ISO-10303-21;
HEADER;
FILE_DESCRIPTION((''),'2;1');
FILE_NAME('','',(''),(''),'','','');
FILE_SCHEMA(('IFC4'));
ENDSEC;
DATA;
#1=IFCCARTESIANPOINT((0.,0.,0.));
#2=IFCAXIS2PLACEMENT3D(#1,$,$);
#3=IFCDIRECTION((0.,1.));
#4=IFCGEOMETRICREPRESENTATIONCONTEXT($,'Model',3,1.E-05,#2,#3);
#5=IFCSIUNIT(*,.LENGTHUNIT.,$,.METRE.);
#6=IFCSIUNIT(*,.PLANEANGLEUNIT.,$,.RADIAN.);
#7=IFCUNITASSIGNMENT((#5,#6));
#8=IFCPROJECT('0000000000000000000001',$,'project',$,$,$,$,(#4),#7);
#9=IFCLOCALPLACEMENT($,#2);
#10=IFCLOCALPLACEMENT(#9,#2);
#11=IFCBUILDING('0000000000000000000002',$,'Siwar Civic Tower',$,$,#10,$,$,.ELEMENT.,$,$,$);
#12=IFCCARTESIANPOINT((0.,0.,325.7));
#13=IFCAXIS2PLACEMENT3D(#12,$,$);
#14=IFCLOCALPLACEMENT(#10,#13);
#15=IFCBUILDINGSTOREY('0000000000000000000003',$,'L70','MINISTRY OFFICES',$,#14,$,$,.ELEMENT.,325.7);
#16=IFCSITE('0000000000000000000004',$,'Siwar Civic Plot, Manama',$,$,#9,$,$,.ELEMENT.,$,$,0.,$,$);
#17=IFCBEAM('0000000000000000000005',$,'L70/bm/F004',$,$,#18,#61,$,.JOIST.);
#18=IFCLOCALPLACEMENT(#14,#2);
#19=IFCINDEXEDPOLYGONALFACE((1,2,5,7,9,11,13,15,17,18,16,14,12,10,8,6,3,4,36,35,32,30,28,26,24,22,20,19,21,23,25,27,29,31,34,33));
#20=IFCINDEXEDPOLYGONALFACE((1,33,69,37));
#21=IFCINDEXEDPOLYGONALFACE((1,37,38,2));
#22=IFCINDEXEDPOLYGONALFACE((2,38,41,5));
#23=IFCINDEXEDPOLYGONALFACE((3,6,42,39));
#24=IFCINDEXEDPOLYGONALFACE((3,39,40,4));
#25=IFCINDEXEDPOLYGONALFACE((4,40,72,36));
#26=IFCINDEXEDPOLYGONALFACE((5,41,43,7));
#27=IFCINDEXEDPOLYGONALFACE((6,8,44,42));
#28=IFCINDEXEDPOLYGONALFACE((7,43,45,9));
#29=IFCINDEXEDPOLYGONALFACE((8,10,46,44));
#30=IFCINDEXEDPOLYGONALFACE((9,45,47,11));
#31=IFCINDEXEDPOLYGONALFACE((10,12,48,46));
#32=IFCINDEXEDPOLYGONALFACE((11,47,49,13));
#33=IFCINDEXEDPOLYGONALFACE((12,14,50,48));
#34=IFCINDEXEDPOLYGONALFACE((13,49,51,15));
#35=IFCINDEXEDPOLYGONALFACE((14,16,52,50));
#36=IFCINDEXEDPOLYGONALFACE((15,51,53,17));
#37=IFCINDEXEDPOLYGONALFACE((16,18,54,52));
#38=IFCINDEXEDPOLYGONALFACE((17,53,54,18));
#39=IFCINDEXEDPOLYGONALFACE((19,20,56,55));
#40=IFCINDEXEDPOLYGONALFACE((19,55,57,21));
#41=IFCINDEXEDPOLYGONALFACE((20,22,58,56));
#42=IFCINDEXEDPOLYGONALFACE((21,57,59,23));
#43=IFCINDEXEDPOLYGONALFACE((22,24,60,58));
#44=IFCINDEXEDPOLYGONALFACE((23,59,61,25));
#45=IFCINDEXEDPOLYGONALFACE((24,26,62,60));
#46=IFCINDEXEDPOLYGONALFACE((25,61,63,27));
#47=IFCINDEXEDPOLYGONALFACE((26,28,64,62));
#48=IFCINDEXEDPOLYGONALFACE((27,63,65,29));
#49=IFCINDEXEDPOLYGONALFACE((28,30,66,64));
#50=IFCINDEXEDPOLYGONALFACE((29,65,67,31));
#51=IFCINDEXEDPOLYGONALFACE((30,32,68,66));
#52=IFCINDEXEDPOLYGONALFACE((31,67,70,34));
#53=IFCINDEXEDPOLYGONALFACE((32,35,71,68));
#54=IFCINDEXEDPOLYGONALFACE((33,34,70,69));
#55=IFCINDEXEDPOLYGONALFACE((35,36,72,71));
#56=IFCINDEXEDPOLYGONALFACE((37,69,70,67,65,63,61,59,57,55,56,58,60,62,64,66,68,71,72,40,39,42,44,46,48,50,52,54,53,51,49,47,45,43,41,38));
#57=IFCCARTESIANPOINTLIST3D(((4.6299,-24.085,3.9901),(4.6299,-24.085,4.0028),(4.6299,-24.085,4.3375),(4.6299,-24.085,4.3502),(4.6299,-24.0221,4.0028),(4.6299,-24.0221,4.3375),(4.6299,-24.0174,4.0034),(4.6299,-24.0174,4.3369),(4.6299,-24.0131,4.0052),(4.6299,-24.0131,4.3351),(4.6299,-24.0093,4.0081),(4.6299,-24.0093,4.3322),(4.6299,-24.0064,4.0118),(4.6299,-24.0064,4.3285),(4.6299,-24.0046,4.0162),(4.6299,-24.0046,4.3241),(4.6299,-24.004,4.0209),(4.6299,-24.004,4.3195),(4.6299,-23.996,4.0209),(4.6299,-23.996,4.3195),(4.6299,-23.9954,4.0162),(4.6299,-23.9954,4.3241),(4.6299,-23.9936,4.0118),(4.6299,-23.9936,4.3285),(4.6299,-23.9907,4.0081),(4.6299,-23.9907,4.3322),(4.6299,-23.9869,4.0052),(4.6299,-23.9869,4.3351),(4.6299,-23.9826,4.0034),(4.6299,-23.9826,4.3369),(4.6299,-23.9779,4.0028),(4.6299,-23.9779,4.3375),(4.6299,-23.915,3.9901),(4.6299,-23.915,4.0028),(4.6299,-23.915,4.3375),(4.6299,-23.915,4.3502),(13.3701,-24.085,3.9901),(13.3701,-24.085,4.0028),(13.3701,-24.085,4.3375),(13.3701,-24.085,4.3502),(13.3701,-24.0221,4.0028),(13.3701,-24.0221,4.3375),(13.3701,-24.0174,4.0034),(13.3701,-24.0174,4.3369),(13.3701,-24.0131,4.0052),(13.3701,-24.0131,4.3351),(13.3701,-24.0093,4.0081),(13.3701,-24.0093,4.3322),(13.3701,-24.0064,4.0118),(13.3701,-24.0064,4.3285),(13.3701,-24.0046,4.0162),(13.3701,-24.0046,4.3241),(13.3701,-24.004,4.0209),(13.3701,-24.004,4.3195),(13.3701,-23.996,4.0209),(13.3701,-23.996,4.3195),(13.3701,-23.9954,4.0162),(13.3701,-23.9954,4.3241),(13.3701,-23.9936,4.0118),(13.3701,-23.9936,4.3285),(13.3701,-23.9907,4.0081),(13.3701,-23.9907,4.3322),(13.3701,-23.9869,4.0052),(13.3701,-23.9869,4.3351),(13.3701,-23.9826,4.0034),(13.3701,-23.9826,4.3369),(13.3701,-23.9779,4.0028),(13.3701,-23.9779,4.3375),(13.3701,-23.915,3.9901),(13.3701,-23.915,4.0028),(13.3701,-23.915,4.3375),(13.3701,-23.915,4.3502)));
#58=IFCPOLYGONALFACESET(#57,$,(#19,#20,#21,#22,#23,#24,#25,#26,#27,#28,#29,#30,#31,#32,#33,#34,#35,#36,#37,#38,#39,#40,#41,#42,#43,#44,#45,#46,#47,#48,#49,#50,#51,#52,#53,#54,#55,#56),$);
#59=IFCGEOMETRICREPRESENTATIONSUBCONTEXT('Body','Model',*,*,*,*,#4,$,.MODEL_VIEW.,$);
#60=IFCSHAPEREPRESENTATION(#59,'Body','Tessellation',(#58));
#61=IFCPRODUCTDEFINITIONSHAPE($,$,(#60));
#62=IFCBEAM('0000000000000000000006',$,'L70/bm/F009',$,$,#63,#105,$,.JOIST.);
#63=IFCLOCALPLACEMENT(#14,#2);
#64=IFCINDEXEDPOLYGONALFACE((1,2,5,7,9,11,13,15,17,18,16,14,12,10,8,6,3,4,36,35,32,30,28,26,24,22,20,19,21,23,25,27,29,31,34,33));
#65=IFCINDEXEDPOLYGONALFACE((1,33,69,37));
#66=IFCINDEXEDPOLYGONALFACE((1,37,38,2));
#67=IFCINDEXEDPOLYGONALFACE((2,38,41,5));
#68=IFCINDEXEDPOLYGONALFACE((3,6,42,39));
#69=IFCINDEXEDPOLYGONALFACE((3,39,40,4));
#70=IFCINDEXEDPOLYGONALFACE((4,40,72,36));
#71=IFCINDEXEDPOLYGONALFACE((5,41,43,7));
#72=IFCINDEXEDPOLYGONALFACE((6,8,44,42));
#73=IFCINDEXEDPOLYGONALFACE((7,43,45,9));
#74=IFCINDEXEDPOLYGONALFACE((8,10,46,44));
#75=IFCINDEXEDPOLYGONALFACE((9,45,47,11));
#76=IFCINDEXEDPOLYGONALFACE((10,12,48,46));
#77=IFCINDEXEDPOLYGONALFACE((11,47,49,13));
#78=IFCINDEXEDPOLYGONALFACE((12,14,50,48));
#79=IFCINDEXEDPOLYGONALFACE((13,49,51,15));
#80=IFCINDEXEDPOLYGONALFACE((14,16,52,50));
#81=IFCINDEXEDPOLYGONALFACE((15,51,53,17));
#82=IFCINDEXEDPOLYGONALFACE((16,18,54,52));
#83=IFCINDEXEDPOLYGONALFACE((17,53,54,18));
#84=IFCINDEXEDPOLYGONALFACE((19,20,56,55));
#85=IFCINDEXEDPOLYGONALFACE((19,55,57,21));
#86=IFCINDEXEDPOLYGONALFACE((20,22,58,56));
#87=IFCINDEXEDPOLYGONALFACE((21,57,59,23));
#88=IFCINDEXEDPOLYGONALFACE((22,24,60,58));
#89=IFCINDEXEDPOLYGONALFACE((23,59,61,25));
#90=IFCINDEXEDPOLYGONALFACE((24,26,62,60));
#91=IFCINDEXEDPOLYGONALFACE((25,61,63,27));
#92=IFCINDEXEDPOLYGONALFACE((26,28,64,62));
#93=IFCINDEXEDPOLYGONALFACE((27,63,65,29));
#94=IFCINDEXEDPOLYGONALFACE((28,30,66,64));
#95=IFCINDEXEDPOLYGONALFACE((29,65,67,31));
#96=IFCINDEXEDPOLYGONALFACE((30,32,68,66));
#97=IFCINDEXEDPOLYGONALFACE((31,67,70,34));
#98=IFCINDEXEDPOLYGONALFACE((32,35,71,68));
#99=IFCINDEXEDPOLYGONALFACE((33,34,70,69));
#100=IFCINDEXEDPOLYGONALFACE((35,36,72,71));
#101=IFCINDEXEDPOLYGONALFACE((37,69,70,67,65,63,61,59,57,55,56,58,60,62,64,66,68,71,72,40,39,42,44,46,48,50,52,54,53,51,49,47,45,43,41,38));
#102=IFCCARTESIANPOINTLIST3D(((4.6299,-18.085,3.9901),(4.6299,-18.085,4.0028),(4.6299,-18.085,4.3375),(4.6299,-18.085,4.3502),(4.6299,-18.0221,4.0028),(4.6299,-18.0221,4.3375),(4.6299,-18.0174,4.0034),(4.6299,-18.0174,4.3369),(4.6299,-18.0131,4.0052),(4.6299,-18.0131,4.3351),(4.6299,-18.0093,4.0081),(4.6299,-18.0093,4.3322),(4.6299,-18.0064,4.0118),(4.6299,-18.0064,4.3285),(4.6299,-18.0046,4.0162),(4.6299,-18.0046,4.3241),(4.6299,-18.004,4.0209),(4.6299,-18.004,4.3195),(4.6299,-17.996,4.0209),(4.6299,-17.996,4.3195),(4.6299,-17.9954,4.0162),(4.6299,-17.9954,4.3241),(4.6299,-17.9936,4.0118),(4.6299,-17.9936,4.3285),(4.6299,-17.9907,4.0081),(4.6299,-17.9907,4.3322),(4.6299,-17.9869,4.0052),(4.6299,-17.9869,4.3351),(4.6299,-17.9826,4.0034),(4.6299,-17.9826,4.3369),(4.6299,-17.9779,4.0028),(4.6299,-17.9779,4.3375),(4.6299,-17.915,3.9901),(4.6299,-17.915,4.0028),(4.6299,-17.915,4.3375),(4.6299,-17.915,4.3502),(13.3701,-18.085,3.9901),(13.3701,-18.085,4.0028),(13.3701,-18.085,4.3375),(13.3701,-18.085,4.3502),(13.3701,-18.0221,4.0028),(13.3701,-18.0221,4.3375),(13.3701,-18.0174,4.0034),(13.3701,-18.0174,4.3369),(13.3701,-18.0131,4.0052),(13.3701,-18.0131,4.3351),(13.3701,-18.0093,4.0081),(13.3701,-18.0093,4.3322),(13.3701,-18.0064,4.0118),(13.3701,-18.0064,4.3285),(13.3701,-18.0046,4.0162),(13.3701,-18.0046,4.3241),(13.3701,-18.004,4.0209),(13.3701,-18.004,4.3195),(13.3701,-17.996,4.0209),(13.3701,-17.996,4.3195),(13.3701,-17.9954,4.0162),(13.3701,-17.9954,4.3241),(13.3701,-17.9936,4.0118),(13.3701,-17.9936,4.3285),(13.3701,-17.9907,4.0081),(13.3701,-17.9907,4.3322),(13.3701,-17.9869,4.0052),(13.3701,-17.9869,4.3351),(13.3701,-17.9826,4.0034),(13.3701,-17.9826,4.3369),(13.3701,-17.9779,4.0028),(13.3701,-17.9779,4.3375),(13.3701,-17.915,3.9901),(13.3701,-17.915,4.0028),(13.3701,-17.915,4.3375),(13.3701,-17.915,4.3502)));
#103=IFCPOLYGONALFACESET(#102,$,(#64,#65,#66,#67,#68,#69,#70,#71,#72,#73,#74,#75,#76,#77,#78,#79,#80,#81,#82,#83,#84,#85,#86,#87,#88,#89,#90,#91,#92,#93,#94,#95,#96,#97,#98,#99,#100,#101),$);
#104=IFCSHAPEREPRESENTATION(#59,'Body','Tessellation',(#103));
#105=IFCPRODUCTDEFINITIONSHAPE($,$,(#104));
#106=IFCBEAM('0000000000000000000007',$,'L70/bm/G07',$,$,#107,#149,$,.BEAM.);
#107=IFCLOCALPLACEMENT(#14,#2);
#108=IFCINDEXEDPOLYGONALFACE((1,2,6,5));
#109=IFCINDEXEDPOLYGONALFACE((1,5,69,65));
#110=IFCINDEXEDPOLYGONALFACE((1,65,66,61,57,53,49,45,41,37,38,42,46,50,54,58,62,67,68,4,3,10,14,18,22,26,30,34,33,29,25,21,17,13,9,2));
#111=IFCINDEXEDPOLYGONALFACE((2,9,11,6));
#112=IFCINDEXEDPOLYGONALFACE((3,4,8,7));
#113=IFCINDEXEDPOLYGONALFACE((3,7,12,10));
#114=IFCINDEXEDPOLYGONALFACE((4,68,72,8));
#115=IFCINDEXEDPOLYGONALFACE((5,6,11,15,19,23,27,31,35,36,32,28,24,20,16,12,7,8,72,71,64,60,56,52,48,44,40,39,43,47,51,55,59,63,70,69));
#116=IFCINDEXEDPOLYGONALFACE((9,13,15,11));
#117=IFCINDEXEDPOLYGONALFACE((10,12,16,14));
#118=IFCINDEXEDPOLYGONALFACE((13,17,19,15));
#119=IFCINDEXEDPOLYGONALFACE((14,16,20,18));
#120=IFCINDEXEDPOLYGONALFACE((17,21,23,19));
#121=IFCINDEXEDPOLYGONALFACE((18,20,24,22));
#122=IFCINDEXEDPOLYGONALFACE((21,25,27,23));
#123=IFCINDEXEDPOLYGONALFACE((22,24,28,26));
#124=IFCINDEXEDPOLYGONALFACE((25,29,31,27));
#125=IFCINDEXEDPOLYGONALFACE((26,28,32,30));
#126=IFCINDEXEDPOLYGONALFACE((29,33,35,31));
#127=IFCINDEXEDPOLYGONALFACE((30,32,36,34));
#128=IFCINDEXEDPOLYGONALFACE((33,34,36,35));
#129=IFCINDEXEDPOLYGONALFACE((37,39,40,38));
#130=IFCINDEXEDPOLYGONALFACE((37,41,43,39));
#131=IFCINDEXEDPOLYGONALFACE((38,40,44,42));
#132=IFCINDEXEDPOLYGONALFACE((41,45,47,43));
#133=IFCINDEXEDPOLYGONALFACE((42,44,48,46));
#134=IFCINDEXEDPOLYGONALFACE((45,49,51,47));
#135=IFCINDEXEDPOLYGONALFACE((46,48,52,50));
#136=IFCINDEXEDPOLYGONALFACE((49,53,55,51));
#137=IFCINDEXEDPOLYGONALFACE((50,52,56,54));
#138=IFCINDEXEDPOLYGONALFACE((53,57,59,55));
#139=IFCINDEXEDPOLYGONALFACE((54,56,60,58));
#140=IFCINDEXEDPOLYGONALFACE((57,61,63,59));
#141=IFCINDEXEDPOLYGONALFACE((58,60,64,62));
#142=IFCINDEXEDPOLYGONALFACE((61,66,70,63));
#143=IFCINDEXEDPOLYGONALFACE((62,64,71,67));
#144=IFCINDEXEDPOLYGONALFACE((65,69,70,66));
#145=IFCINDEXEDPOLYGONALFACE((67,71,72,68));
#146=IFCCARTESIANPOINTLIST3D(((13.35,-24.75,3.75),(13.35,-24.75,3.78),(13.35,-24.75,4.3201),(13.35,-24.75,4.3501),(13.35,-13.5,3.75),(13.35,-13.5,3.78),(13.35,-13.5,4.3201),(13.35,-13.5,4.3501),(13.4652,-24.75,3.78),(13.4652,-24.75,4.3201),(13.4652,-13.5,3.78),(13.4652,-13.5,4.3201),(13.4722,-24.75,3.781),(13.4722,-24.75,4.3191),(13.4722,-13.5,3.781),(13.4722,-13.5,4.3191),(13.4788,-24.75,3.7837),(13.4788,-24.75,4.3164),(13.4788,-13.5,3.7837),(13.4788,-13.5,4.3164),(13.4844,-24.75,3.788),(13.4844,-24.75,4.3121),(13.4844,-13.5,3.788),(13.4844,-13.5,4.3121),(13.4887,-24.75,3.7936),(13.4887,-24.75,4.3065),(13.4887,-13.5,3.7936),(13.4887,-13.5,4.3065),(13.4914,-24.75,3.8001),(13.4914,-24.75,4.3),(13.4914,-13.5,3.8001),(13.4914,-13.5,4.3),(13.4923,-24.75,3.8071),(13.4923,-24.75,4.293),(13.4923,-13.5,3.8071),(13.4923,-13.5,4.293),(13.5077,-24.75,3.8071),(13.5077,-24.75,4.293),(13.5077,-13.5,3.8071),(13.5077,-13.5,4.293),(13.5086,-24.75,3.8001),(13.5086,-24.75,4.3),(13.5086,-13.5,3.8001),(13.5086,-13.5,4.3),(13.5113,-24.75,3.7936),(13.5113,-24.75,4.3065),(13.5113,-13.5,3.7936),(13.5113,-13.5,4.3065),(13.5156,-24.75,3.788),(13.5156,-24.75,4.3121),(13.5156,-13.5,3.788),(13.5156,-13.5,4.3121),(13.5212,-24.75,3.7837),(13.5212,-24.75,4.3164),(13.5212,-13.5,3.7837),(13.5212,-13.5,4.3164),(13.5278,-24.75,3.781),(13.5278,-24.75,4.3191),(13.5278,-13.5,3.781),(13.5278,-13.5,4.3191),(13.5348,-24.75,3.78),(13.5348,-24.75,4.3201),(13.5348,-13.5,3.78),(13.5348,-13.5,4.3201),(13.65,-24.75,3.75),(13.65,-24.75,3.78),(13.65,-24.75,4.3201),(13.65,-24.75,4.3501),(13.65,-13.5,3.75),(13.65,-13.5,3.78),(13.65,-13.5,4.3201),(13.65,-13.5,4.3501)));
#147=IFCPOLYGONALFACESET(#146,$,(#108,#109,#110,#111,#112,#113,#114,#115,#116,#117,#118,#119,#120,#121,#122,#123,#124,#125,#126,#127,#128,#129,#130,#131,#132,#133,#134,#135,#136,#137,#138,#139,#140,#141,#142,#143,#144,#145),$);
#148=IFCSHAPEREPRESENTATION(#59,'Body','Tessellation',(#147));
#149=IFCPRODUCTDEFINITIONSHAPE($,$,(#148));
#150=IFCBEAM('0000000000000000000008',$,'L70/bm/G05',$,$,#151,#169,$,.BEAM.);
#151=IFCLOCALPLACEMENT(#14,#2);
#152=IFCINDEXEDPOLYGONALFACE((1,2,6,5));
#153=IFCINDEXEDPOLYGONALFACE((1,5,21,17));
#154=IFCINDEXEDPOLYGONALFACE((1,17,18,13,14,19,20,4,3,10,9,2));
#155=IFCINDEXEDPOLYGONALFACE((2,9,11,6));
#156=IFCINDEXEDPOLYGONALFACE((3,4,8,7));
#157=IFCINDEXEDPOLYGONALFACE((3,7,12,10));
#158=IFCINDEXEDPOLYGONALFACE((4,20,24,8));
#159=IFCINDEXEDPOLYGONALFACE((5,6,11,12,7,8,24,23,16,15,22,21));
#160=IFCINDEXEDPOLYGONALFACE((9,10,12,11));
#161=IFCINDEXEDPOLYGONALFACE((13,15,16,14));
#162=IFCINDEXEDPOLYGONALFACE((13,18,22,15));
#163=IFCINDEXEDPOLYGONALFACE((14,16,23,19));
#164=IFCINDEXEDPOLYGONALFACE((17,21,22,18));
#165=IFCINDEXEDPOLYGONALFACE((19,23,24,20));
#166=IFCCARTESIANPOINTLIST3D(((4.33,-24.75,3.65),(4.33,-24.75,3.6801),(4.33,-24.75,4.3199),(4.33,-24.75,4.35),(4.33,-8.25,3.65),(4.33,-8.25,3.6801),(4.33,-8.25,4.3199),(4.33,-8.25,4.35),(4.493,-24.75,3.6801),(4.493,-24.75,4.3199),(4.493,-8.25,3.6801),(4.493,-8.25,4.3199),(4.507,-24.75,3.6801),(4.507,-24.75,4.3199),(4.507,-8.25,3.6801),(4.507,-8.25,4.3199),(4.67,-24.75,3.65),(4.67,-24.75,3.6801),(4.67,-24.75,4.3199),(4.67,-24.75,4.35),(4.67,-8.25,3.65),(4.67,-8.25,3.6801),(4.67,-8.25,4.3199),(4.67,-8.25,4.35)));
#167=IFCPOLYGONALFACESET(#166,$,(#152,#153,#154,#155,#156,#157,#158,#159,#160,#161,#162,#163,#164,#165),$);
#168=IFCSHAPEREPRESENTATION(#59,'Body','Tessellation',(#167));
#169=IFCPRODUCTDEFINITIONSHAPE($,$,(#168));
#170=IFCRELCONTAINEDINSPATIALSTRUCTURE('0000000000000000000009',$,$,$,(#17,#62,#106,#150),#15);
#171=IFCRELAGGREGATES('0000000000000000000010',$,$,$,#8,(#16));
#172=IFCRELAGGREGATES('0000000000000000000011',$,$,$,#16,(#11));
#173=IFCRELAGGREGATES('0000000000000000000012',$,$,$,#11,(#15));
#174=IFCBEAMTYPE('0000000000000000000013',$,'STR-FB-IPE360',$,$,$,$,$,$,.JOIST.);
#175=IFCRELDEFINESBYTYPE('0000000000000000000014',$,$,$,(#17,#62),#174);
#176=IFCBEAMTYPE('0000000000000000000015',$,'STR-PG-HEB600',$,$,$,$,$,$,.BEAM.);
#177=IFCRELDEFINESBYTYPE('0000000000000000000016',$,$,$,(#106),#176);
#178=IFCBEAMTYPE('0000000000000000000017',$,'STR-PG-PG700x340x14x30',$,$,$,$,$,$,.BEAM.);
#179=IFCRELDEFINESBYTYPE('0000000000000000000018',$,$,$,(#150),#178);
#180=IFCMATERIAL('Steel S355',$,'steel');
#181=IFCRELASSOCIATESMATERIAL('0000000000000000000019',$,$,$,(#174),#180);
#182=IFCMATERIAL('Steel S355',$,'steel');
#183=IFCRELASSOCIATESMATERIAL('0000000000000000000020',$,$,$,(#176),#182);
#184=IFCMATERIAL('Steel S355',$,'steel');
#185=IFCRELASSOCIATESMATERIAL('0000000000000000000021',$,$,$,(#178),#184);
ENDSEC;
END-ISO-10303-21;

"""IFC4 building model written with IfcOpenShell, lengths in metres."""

from ifc_helpers import new_model, si_unit, direction, frame, origin, origin_2d, place, context, subcontext, project, spatial, i_section, extrude, material, material_profile, profile_set, type_object, element, save


model = new_model("IFC4")

# Units and contexts
model_context = context("Model", 3, precision=1e-05, world=origin(), true_north=direction((0.0, 1.0)))
body_context = subcontext(model_context, "Body", "Model", "MODEL_VIEW")
ifc_project = project(units=[si_unit("LENGTHUNIT", "METRE"), si_unit("PLANEANGLEUNIT", "RADIAN")], contexts=[model_context])

# Site, building, storey
site_placement = place(None, origin())
site = spatial("IfcSite", under=ifc_project, at=site_placement, Name="Siwar Civic Plot, Manama", CompositionType="ELEMENT", RefElevation=0.0)
building_placement = place(site_placement, origin())
building = spatial("IfcBuilding", under=site, at=building_placement, Name="Siwar Civic Tower", CompositionType="ELEMENT")
storey_placement = place(building_placement, frame((0.0, 0.0, 325.7)))
storey = spatial("IfcBuildingStorey", under=building, at=storey_placement, Name="L70", Description="MINISTRY OFFICES", CompositionType="ELEMENT", Elevation=325.7)

# Beams
ifc_material_1 = material(Name="Steel S355", Category="steel")
ifc_material_profile_1 = material_profile(ifc_material_1, i_section(OverallWidth=0.1699, OverallDepth=0.3601, WebThickness=0.0081, FlangeThickness=0.0127, FilletRadius=0.0181, at=origin_2d()), Name="IPE360")
ifc_profile_set_1 = profile_set([ifc_material_profile_1], Name="Steel S355")
beam_type_1 = type_object("IfcBeamType", Name="STR-FB-IPE360", PredefinedType="JOIST", material=ifc_profile_set_1)
for number, where, z_axis, x_axis, name in (
    (1, (4.6299, -24.0, 4.1702), (1.0, 0.0, 0.0), (0.0, 1.0, 0.0), "L70/bm/F004"),
    (2, (4.6299, -18.0, 4.1702), (1.0, 0.0, 0.0), (0.0, 1.0, 0.0), "L70/bm/F009"),
):
    element("IfcBeam", number, at=place(storey_placement, frame(where, z_axis=z_axis, x_axis=x_axis)), inside=storey, type_object=beam_type_1, Name=name, PredefinedType="JOIST", context=body_context, shape_type="SweptSolid", body=[
        extrude(i_section(OverallWidth=0.1699, OverallDepth=0.3601, WebThickness=0.0081, FlangeThickness=0.0127, FilletRadius=0.0181, at=origin_2d()), origin(), (0.0, 0.0, 1.0), 8.7402),
    ])
ifc_material_2 = material(Name="Steel S355", Category="steel")
ifc_material_profile_2 = material_profile(ifc_material_2, i_section(OverallWidth=0.3, OverallDepth=0.6001, WebThickness=0.0154, FlangeThickness=0.03, FilletRadius=0.0271, at=origin_2d()), Name="HEB600")
ifc_profile_set_2 = profile_set([ifc_material_profile_2], Name="Steel S355")
beam_type_2 = type_object("IfcBeamType", Name="STR-PG-HEB600", PredefinedType="BEAM", material=ifc_profile_set_2)
beam_1_placement = place(storey_placement, frame((13.5, -24.75, 4.05), z_axis=(0.0, 1.0, 0.0), x_axis=(-1.0, 0.0, 0.0)))
element("IfcBeam", 3, at=beam_1_placement, inside=storey, type_object=beam_type_2, Name="L70/bm/G07", PredefinedType="BEAM", context=body_context, shape_type="SweptSolid", body=[
    extrude(i_section(OverallWidth=0.3, OverallDepth=0.6001, WebThickness=0.0154, FlangeThickness=0.03, FilletRadius=0.0271, at=origin_2d()), origin(), (0.0, 0.0, 1.0), 11.25),
])
ifc_material_3 = material(Name="Steel S355", Category="steel")
ifc_material_profile_3 = material_profile(ifc_material_3, i_section(OverallWidth=0.3401, OverallDepth=0.7, WebThickness=0.0139, FlangeThickness=0.03, at=origin_2d()), Name="PG700x340x14x30")
ifc_profile_set_3 = profile_set([ifc_material_profile_3], Name="Steel S355")
beam_type_3 = type_object("IfcBeamType", Name="STR-PG-PG700x340x14x30", PredefinedType="BEAM", material=ifc_profile_set_3)
beam_2_placement = place(storey_placement, frame((4.5, -24.75, 4.0), z_axis=(0.0, 1.0, 0.0), x_axis=(-1.0, 0.0, 0.0)))
element("IfcBeam", 4, at=beam_2_placement, inside=storey, type_object=beam_type_3, Name="L70/bm/G05", PredefinedType="BEAM", context=body_context, shape_type="SweptSolid", body=[
    extrude(i_section(OverallWidth=0.3401, OverallDepth=0.7, WebThickness=0.0139, FlangeThickness=0.03, at=origin_2d()), origin(), (0.0, 0.0, 1.0), 16.5),
])

save(model, "model.ifc")
